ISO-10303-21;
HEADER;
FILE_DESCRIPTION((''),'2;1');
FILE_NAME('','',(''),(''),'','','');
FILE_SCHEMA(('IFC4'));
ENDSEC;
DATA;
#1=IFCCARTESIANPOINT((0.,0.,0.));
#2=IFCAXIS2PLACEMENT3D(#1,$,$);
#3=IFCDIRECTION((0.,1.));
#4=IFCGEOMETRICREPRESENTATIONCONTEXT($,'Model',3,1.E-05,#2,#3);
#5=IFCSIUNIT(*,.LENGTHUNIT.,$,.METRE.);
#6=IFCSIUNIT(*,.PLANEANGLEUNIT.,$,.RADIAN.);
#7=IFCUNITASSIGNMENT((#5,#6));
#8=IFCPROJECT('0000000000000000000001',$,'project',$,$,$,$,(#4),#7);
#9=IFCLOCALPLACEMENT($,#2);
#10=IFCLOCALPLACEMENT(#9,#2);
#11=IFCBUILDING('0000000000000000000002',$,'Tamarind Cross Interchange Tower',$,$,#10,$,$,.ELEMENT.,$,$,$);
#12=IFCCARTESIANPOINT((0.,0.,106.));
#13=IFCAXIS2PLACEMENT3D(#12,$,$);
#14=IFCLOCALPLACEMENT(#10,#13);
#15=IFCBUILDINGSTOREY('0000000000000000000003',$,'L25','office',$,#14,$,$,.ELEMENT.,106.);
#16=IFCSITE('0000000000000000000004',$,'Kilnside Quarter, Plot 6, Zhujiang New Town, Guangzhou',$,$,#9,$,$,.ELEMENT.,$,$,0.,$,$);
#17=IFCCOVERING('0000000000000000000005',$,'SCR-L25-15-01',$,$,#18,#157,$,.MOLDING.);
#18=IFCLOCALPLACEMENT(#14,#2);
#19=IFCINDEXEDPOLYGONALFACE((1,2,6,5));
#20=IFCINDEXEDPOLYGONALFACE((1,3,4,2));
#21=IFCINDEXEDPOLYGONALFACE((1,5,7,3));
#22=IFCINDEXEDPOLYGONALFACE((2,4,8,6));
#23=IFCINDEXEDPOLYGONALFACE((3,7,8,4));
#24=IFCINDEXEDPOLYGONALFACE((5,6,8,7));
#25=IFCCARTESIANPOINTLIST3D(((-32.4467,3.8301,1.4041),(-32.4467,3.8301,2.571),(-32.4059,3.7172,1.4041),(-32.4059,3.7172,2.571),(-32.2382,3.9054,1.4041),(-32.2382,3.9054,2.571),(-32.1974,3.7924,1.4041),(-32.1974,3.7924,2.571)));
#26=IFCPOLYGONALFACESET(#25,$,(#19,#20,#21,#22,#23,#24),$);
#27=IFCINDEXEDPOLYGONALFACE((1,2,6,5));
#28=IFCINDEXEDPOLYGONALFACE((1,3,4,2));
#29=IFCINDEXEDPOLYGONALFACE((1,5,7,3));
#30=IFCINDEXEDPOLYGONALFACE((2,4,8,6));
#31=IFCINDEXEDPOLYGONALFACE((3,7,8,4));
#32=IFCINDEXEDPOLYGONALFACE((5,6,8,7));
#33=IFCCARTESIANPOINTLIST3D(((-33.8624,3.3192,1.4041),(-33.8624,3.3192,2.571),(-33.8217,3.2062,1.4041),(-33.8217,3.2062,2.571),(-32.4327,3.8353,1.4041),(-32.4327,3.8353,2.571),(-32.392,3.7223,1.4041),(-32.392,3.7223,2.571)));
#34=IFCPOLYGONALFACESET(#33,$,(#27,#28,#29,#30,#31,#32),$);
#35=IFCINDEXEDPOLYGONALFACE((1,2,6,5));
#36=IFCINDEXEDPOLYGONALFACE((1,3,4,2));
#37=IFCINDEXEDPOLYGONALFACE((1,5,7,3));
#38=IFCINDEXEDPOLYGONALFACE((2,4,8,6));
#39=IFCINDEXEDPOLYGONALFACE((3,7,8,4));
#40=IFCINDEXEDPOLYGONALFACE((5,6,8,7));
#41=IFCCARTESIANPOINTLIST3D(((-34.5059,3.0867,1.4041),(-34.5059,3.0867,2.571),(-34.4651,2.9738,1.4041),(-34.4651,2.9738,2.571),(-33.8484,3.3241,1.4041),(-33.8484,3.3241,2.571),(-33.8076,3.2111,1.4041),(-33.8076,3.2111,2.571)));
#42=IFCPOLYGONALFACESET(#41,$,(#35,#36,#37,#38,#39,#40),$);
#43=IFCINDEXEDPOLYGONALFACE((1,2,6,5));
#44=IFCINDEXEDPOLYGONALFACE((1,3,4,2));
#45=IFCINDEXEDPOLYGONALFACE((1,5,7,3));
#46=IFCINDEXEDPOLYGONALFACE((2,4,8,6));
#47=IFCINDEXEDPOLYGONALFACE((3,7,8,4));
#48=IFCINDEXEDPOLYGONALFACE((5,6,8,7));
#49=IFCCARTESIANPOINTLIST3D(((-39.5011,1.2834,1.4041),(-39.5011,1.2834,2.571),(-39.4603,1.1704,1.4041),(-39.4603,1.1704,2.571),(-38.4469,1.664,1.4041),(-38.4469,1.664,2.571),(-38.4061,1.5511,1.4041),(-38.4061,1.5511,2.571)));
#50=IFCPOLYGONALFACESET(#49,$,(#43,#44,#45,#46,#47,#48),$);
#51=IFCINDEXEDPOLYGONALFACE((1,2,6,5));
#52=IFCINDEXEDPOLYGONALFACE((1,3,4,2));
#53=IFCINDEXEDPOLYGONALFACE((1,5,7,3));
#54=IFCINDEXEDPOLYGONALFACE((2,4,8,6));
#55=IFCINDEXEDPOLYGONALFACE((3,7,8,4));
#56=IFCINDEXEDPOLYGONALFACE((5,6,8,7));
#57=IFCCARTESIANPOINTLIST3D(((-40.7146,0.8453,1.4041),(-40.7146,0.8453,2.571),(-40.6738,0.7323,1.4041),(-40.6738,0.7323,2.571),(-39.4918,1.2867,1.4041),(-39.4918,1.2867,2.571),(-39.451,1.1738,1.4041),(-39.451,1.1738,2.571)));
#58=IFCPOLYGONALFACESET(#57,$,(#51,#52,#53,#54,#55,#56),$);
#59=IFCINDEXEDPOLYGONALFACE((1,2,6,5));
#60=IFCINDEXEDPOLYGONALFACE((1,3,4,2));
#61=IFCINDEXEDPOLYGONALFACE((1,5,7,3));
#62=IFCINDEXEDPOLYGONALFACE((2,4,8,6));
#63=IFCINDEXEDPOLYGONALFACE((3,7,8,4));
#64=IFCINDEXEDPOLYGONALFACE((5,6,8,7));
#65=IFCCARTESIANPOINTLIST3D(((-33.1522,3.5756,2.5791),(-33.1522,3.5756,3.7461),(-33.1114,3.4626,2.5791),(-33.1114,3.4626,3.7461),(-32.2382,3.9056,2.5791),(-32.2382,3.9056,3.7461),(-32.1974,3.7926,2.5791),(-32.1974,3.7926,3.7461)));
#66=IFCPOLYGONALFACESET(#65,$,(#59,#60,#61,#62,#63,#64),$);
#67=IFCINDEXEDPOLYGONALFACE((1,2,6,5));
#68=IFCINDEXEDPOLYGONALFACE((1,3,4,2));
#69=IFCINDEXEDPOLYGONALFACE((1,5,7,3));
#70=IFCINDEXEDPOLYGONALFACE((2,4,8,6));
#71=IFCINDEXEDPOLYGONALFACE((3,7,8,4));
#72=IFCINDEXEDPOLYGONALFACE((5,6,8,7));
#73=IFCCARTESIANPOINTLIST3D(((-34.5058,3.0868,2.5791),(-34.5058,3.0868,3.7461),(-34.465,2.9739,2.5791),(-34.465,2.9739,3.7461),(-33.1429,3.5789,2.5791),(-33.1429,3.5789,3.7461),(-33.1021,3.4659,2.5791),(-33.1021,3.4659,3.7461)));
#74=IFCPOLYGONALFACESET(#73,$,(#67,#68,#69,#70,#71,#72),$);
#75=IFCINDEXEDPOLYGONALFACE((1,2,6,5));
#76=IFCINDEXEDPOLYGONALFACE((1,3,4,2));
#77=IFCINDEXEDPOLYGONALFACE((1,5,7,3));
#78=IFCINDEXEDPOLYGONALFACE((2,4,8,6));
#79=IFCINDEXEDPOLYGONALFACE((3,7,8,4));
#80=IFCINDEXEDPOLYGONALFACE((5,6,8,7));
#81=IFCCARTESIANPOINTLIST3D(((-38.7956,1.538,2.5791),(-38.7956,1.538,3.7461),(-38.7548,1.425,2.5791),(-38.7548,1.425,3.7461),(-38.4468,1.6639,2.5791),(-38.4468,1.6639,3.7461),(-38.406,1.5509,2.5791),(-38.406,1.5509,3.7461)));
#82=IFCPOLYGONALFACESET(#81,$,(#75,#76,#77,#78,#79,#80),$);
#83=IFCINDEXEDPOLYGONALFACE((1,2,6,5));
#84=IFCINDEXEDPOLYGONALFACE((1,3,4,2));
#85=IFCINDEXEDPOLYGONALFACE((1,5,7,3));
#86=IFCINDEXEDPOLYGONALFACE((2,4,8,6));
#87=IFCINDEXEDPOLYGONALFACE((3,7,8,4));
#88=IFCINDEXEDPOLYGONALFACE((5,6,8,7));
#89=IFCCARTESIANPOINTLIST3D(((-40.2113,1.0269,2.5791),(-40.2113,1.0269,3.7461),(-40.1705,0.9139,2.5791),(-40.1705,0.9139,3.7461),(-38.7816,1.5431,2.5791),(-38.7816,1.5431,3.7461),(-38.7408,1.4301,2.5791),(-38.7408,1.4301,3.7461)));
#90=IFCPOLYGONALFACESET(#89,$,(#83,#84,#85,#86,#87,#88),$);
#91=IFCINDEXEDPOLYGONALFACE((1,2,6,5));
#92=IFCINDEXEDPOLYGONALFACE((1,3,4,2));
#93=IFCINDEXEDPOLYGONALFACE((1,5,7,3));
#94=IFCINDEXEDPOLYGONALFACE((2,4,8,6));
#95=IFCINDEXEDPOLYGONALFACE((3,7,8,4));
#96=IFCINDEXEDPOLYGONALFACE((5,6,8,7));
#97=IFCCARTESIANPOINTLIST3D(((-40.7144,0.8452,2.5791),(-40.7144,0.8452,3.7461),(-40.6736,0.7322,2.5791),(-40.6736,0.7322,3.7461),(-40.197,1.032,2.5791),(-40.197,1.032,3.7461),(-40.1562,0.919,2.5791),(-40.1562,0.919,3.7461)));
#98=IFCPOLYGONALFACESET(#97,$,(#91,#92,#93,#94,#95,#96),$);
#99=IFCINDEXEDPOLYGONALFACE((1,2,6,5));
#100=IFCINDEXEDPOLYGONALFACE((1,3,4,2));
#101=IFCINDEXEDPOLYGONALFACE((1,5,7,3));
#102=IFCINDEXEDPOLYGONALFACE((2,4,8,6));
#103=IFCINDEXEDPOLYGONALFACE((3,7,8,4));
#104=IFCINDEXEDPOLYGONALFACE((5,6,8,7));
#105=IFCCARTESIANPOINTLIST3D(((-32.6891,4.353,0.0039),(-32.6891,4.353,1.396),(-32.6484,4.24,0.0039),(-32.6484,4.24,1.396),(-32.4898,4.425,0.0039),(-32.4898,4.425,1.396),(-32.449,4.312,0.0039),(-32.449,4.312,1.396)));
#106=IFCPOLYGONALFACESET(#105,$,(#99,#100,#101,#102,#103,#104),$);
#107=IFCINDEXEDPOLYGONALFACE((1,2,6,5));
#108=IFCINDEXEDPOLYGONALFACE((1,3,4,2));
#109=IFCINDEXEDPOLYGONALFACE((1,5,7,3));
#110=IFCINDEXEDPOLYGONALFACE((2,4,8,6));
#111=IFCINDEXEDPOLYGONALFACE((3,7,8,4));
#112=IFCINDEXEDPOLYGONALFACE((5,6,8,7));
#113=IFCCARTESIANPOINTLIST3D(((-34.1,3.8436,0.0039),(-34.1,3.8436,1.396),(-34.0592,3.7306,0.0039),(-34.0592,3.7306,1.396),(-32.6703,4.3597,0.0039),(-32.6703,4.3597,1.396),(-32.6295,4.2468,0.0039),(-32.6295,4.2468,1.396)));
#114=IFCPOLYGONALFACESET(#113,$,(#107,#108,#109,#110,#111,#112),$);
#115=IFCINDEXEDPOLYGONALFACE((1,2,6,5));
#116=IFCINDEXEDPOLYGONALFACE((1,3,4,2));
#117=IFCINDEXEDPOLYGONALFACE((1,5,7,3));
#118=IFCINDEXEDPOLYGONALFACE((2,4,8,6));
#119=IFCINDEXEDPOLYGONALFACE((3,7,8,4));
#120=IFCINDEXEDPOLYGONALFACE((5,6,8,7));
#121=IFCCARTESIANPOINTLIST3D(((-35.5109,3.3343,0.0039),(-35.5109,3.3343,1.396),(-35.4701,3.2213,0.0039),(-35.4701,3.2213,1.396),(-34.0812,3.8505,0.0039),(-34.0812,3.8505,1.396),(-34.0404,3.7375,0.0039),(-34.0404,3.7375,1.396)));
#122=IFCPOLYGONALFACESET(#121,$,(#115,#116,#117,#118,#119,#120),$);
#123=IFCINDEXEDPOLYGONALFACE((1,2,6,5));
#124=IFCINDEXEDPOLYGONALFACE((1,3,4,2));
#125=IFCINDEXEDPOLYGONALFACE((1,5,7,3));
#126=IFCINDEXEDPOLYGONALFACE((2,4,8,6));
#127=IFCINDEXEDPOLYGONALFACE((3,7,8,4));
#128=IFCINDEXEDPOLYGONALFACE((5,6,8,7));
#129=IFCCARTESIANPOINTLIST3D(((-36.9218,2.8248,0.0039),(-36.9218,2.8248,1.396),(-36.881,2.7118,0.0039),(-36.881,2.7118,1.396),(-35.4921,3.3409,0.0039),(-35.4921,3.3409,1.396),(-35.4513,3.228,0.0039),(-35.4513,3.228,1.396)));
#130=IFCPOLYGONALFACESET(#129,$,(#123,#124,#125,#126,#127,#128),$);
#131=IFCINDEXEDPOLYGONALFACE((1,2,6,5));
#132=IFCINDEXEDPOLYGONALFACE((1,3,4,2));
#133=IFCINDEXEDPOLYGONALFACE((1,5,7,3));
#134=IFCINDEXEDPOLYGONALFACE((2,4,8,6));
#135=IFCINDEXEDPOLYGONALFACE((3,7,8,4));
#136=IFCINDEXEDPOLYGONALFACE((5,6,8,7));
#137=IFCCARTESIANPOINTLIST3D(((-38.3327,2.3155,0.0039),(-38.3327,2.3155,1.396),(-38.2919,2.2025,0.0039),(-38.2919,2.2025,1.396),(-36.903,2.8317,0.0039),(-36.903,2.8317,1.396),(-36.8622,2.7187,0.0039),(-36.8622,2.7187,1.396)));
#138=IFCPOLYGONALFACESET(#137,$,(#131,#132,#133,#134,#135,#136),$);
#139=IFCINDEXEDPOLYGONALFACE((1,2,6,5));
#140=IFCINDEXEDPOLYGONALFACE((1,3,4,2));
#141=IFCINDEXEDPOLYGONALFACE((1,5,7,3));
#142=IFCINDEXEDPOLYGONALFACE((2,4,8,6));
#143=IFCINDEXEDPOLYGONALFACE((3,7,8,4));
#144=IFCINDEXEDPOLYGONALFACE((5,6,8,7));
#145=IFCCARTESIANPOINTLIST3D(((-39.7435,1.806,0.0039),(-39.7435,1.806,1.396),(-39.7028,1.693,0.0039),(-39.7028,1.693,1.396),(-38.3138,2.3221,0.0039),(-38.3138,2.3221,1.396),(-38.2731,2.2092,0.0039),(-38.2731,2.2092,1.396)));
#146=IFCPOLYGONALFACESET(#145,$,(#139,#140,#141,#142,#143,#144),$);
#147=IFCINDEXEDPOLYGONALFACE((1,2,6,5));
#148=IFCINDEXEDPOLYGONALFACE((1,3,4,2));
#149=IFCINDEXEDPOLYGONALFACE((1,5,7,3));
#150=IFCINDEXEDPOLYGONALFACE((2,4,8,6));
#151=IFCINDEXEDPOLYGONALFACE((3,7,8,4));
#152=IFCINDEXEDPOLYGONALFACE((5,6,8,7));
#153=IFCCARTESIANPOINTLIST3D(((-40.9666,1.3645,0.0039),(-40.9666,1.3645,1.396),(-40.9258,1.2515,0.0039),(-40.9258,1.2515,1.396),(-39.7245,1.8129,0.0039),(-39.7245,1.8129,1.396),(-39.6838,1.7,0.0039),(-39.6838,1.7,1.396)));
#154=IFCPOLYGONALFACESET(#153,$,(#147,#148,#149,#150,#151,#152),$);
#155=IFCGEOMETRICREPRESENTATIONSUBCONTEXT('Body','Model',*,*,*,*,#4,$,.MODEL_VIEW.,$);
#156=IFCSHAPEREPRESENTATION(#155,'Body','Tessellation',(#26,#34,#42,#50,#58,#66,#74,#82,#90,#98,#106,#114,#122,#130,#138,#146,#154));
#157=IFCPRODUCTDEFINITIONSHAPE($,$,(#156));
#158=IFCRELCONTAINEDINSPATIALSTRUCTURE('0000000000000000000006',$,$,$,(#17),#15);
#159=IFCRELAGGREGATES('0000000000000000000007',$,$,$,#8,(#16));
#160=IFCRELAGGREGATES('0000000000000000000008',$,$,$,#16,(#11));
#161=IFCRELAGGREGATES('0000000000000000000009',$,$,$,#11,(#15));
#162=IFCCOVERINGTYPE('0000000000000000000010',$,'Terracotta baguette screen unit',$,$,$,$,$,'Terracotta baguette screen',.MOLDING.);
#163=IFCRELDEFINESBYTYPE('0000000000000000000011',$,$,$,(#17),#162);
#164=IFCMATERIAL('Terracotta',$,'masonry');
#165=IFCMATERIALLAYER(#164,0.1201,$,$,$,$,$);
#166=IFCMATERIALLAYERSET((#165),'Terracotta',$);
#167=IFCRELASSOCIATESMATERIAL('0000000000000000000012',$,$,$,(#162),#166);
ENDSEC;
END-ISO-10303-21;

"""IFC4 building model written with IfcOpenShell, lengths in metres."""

from ifc_helpers import new_model, si_unit, direction, frame, origin, origin_2d, place, context, subcontext, project, spatial, rectangle, extrude, material, layer, layer_set, type_object, element, save


model = new_model("IFC4")

# Units and contexts
model_context = context("Model", 3, precision=1e-05, world=origin(), true_north=direction((0.0, 1.0)))
body_context = subcontext(model_context, "Body", "Model", "MODEL_VIEW")
ifc_project = project(units=[si_unit("LENGTHUNIT", "METRE"), si_unit("PLANEANGLEUNIT", "RADIAN")], contexts=[model_context])

# Site, building, storey
site_placement = place(None, origin())
site = spatial("IfcSite", under=ifc_project, at=site_placement, Name="Kilnside Quarter, Plot 6, Zhujiang New Town, Guangzhou", CompositionType="ELEMENT", RefElevation=0.0)
building_placement = place(site_placement, origin())
building = spatial("IfcBuilding", under=site, at=building_placement, Name="Tamarind Cross Interchange Tower", CompositionType="ELEMENT")
storey_placement = place(building_placement, frame((0.0, 0.0, 106.0)))
storey = spatial("IfcBuildingStorey", under=building, at=storey_placement, Name="L25", Description="office", CompositionType="ELEMENT", Elevation=106.0)

# Covering
ifc_material_1 = material(Name="Terracotta", Category="masonry")
ifc_layer_1 = layer(ifc_material_1, 0.1201)
ifc_layer_set_1 = layer_set([ifc_layer_1], Name="Terracotta")
covering_type = type_object("IfcCoveringType", Name="Terracotta baguette screen unit", ElementType="Terracotta baguette screen", PredefinedType="MOLDING", material=ifc_layer_set_1)
covering_1_placement = place(storey_placement, origin())
element("IfcCovering", 1, at=covering_1_placement, inside=storey, type_object=covering_type, Name="SCR-L25-15-01", PredefinedType="MOLDING", context=body_context, shape_type="SweptSolid", body=[
    extrude(rectangle(XDim=0.2217, YDim=0.1201, at=origin_2d()), frame((-32.322, 3.8113, 1.4041), z_axis=(0.0, 0.0, 1.0), x_axis=(-0.940578, -0.339579, 0.0)), (0.0, 0.0, 1.0), 1.167),
    extrude(rectangle(XDim=1.52, YDim=0.1201, at=origin_2d()), frame((-33.1272, 3.5208, 1.4041), z_axis=(0.0, 0.0, 1.0), x_axis=(-0.940578, -0.339579, 0.0)), (0.0, 0.0, 1.0), 1.167),
    extrude(rectangle(XDim=0.699, YDim=0.1201, at=origin_2d()), frame((-34.1567, 3.1489, 1.4041), z_axis=(0.0, 0.0, 1.0), x_axis=(-0.940578, -0.339579, 0.0)), (0.0, 0.0, 1.0), 1.167),
    extrude(rectangle(XDim=1.1208, YDim=0.1201, at=origin_2d()), frame((-38.9536, 1.4172, 1.4041), z_axis=(0.0, 0.0, 1.0), x_axis=(-0.940578, -0.339579, 0.0)), (0.0, 0.0, 1.0), 1.167),
    extrude(rectangle(XDim=1.3, YDim=0.1201, at=origin_2d()), frame((-40.0828, 1.0095, 1.4041), z_axis=(0.0, 0.0, 1.0), x_axis=(-0.940578, -0.339579, 0.0)), (0.0, 0.0, 1.0), 1.167),
    extrude(rectangle(XDim=0.9717, YDim=0.1201, at=origin_2d()), frame((-32.6748, 3.6841, 2.5791), z_axis=(0.0, 0.0, 1.0), x_axis=(-0.940578, -0.339579, 0.0)), (0.0, 0.0, 1.0), 1.167),
    extrude(rectangle(XDim=1.449, YDim=0.1201, at=origin_2d()), frame((-33.804, 3.2764, 2.5791), z_axis=(0.0, 0.0, 1.0), x_axis=(-0.940578, -0.339579, 0.0)), (0.0, 0.0, 1.0), 1.167),
    extrude(rectangle(XDim=0.3708, YDim=0.1201, at=origin_2d()), frame((-38.6008, 1.5444, 2.5791), z_axis=(0.0, 0.0, 1.0), x_axis=(-0.940578, -0.339579, 0.0)), (0.0, 0.0, 1.0), 1.167),
    extrude(rectangle(XDim=1.52, YDim=0.1201, at=origin_2d()), frame((-39.4761, 1.2285, 2.5791), z_axis=(0.0, 0.0, 1.0), x_axis=(-0.940578, -0.339579, 0.0)), (0.0, 0.0, 1.0), 1.167),
    extrude(rectangle(XDim=0.55, YDim=0.1201, at=origin_2d()), frame((-40.4353, 0.8821, 2.5791), z_axis=(0.0, 0.0, 1.0), x_axis=(-0.940578, -0.339579, 0.0)), (0.0, 0.0, 1.0), 1.167),
    extrude(rectangle(XDim=0.2119, YDim=0.1201, at=origin_2d()), frame((-32.5691, 4.3325, 0.0039), z_axis=(0.0, 0.0, 1.0), x_axis=(-0.940578, -0.339579, 0.0)), (0.0, 0.0, 1.0), 1.3921),
    extrude(rectangle(XDim=1.52, YDim=0.1201, at=origin_2d()), frame((-33.3647, 4.0452, 0.0039), z_axis=(0.0, 0.0, 1.0), x_axis=(-0.940578, -0.339579, 0.0)), (0.0, 0.0, 1.0), 1.3921),
    extrude(rectangle(XDim=1.52, YDim=0.1201, at=origin_2d()), frame((-34.7756, 3.5359, 0.0039), z_axis=(0.0, 0.0, 1.0), x_axis=(-0.940578, -0.339579, 0.0)), (0.0, 0.0, 1.0), 1.3921),
    extrude(rectangle(XDim=1.52, YDim=0.1201, at=origin_2d()), frame((-36.1865, 3.0264, 0.0039), z_axis=(0.0, 0.0, 1.0), x_axis=(-0.940578, -0.339579, 0.0)), (0.0, 0.0, 1.0), 1.3921),
    extrude(rectangle(XDim=1.52, YDim=0.1201, at=origin_2d()), frame((-37.5974, 2.5171, 0.0039), z_axis=(0.0, 0.0, 1.0), x_axis=(-0.940578, -0.339579, 0.0)), (0.0, 0.0, 1.0), 1.3921),
    extrude(rectangle(XDim=1.52, YDim=0.1201, at=origin_2d()), frame((-39.0083, 2.0076, 0.0039), z_axis=(0.0, 0.0, 1.0), x_axis=(-0.940578, -0.339579, 0.0)), (0.0, 0.0, 1.0), 1.3921),
    extrude(rectangle(XDim=1.3206, YDim=0.1201, at=origin_2d()), frame((-40.3252, 1.5322, 0.0039), z_axis=(0.0, 0.0, 1.0), x_axis=(-0.940578, -0.339579, 0.0)), (0.0, 0.0, 1.0), 1.3921),
])

save(model, "model.ifc")
